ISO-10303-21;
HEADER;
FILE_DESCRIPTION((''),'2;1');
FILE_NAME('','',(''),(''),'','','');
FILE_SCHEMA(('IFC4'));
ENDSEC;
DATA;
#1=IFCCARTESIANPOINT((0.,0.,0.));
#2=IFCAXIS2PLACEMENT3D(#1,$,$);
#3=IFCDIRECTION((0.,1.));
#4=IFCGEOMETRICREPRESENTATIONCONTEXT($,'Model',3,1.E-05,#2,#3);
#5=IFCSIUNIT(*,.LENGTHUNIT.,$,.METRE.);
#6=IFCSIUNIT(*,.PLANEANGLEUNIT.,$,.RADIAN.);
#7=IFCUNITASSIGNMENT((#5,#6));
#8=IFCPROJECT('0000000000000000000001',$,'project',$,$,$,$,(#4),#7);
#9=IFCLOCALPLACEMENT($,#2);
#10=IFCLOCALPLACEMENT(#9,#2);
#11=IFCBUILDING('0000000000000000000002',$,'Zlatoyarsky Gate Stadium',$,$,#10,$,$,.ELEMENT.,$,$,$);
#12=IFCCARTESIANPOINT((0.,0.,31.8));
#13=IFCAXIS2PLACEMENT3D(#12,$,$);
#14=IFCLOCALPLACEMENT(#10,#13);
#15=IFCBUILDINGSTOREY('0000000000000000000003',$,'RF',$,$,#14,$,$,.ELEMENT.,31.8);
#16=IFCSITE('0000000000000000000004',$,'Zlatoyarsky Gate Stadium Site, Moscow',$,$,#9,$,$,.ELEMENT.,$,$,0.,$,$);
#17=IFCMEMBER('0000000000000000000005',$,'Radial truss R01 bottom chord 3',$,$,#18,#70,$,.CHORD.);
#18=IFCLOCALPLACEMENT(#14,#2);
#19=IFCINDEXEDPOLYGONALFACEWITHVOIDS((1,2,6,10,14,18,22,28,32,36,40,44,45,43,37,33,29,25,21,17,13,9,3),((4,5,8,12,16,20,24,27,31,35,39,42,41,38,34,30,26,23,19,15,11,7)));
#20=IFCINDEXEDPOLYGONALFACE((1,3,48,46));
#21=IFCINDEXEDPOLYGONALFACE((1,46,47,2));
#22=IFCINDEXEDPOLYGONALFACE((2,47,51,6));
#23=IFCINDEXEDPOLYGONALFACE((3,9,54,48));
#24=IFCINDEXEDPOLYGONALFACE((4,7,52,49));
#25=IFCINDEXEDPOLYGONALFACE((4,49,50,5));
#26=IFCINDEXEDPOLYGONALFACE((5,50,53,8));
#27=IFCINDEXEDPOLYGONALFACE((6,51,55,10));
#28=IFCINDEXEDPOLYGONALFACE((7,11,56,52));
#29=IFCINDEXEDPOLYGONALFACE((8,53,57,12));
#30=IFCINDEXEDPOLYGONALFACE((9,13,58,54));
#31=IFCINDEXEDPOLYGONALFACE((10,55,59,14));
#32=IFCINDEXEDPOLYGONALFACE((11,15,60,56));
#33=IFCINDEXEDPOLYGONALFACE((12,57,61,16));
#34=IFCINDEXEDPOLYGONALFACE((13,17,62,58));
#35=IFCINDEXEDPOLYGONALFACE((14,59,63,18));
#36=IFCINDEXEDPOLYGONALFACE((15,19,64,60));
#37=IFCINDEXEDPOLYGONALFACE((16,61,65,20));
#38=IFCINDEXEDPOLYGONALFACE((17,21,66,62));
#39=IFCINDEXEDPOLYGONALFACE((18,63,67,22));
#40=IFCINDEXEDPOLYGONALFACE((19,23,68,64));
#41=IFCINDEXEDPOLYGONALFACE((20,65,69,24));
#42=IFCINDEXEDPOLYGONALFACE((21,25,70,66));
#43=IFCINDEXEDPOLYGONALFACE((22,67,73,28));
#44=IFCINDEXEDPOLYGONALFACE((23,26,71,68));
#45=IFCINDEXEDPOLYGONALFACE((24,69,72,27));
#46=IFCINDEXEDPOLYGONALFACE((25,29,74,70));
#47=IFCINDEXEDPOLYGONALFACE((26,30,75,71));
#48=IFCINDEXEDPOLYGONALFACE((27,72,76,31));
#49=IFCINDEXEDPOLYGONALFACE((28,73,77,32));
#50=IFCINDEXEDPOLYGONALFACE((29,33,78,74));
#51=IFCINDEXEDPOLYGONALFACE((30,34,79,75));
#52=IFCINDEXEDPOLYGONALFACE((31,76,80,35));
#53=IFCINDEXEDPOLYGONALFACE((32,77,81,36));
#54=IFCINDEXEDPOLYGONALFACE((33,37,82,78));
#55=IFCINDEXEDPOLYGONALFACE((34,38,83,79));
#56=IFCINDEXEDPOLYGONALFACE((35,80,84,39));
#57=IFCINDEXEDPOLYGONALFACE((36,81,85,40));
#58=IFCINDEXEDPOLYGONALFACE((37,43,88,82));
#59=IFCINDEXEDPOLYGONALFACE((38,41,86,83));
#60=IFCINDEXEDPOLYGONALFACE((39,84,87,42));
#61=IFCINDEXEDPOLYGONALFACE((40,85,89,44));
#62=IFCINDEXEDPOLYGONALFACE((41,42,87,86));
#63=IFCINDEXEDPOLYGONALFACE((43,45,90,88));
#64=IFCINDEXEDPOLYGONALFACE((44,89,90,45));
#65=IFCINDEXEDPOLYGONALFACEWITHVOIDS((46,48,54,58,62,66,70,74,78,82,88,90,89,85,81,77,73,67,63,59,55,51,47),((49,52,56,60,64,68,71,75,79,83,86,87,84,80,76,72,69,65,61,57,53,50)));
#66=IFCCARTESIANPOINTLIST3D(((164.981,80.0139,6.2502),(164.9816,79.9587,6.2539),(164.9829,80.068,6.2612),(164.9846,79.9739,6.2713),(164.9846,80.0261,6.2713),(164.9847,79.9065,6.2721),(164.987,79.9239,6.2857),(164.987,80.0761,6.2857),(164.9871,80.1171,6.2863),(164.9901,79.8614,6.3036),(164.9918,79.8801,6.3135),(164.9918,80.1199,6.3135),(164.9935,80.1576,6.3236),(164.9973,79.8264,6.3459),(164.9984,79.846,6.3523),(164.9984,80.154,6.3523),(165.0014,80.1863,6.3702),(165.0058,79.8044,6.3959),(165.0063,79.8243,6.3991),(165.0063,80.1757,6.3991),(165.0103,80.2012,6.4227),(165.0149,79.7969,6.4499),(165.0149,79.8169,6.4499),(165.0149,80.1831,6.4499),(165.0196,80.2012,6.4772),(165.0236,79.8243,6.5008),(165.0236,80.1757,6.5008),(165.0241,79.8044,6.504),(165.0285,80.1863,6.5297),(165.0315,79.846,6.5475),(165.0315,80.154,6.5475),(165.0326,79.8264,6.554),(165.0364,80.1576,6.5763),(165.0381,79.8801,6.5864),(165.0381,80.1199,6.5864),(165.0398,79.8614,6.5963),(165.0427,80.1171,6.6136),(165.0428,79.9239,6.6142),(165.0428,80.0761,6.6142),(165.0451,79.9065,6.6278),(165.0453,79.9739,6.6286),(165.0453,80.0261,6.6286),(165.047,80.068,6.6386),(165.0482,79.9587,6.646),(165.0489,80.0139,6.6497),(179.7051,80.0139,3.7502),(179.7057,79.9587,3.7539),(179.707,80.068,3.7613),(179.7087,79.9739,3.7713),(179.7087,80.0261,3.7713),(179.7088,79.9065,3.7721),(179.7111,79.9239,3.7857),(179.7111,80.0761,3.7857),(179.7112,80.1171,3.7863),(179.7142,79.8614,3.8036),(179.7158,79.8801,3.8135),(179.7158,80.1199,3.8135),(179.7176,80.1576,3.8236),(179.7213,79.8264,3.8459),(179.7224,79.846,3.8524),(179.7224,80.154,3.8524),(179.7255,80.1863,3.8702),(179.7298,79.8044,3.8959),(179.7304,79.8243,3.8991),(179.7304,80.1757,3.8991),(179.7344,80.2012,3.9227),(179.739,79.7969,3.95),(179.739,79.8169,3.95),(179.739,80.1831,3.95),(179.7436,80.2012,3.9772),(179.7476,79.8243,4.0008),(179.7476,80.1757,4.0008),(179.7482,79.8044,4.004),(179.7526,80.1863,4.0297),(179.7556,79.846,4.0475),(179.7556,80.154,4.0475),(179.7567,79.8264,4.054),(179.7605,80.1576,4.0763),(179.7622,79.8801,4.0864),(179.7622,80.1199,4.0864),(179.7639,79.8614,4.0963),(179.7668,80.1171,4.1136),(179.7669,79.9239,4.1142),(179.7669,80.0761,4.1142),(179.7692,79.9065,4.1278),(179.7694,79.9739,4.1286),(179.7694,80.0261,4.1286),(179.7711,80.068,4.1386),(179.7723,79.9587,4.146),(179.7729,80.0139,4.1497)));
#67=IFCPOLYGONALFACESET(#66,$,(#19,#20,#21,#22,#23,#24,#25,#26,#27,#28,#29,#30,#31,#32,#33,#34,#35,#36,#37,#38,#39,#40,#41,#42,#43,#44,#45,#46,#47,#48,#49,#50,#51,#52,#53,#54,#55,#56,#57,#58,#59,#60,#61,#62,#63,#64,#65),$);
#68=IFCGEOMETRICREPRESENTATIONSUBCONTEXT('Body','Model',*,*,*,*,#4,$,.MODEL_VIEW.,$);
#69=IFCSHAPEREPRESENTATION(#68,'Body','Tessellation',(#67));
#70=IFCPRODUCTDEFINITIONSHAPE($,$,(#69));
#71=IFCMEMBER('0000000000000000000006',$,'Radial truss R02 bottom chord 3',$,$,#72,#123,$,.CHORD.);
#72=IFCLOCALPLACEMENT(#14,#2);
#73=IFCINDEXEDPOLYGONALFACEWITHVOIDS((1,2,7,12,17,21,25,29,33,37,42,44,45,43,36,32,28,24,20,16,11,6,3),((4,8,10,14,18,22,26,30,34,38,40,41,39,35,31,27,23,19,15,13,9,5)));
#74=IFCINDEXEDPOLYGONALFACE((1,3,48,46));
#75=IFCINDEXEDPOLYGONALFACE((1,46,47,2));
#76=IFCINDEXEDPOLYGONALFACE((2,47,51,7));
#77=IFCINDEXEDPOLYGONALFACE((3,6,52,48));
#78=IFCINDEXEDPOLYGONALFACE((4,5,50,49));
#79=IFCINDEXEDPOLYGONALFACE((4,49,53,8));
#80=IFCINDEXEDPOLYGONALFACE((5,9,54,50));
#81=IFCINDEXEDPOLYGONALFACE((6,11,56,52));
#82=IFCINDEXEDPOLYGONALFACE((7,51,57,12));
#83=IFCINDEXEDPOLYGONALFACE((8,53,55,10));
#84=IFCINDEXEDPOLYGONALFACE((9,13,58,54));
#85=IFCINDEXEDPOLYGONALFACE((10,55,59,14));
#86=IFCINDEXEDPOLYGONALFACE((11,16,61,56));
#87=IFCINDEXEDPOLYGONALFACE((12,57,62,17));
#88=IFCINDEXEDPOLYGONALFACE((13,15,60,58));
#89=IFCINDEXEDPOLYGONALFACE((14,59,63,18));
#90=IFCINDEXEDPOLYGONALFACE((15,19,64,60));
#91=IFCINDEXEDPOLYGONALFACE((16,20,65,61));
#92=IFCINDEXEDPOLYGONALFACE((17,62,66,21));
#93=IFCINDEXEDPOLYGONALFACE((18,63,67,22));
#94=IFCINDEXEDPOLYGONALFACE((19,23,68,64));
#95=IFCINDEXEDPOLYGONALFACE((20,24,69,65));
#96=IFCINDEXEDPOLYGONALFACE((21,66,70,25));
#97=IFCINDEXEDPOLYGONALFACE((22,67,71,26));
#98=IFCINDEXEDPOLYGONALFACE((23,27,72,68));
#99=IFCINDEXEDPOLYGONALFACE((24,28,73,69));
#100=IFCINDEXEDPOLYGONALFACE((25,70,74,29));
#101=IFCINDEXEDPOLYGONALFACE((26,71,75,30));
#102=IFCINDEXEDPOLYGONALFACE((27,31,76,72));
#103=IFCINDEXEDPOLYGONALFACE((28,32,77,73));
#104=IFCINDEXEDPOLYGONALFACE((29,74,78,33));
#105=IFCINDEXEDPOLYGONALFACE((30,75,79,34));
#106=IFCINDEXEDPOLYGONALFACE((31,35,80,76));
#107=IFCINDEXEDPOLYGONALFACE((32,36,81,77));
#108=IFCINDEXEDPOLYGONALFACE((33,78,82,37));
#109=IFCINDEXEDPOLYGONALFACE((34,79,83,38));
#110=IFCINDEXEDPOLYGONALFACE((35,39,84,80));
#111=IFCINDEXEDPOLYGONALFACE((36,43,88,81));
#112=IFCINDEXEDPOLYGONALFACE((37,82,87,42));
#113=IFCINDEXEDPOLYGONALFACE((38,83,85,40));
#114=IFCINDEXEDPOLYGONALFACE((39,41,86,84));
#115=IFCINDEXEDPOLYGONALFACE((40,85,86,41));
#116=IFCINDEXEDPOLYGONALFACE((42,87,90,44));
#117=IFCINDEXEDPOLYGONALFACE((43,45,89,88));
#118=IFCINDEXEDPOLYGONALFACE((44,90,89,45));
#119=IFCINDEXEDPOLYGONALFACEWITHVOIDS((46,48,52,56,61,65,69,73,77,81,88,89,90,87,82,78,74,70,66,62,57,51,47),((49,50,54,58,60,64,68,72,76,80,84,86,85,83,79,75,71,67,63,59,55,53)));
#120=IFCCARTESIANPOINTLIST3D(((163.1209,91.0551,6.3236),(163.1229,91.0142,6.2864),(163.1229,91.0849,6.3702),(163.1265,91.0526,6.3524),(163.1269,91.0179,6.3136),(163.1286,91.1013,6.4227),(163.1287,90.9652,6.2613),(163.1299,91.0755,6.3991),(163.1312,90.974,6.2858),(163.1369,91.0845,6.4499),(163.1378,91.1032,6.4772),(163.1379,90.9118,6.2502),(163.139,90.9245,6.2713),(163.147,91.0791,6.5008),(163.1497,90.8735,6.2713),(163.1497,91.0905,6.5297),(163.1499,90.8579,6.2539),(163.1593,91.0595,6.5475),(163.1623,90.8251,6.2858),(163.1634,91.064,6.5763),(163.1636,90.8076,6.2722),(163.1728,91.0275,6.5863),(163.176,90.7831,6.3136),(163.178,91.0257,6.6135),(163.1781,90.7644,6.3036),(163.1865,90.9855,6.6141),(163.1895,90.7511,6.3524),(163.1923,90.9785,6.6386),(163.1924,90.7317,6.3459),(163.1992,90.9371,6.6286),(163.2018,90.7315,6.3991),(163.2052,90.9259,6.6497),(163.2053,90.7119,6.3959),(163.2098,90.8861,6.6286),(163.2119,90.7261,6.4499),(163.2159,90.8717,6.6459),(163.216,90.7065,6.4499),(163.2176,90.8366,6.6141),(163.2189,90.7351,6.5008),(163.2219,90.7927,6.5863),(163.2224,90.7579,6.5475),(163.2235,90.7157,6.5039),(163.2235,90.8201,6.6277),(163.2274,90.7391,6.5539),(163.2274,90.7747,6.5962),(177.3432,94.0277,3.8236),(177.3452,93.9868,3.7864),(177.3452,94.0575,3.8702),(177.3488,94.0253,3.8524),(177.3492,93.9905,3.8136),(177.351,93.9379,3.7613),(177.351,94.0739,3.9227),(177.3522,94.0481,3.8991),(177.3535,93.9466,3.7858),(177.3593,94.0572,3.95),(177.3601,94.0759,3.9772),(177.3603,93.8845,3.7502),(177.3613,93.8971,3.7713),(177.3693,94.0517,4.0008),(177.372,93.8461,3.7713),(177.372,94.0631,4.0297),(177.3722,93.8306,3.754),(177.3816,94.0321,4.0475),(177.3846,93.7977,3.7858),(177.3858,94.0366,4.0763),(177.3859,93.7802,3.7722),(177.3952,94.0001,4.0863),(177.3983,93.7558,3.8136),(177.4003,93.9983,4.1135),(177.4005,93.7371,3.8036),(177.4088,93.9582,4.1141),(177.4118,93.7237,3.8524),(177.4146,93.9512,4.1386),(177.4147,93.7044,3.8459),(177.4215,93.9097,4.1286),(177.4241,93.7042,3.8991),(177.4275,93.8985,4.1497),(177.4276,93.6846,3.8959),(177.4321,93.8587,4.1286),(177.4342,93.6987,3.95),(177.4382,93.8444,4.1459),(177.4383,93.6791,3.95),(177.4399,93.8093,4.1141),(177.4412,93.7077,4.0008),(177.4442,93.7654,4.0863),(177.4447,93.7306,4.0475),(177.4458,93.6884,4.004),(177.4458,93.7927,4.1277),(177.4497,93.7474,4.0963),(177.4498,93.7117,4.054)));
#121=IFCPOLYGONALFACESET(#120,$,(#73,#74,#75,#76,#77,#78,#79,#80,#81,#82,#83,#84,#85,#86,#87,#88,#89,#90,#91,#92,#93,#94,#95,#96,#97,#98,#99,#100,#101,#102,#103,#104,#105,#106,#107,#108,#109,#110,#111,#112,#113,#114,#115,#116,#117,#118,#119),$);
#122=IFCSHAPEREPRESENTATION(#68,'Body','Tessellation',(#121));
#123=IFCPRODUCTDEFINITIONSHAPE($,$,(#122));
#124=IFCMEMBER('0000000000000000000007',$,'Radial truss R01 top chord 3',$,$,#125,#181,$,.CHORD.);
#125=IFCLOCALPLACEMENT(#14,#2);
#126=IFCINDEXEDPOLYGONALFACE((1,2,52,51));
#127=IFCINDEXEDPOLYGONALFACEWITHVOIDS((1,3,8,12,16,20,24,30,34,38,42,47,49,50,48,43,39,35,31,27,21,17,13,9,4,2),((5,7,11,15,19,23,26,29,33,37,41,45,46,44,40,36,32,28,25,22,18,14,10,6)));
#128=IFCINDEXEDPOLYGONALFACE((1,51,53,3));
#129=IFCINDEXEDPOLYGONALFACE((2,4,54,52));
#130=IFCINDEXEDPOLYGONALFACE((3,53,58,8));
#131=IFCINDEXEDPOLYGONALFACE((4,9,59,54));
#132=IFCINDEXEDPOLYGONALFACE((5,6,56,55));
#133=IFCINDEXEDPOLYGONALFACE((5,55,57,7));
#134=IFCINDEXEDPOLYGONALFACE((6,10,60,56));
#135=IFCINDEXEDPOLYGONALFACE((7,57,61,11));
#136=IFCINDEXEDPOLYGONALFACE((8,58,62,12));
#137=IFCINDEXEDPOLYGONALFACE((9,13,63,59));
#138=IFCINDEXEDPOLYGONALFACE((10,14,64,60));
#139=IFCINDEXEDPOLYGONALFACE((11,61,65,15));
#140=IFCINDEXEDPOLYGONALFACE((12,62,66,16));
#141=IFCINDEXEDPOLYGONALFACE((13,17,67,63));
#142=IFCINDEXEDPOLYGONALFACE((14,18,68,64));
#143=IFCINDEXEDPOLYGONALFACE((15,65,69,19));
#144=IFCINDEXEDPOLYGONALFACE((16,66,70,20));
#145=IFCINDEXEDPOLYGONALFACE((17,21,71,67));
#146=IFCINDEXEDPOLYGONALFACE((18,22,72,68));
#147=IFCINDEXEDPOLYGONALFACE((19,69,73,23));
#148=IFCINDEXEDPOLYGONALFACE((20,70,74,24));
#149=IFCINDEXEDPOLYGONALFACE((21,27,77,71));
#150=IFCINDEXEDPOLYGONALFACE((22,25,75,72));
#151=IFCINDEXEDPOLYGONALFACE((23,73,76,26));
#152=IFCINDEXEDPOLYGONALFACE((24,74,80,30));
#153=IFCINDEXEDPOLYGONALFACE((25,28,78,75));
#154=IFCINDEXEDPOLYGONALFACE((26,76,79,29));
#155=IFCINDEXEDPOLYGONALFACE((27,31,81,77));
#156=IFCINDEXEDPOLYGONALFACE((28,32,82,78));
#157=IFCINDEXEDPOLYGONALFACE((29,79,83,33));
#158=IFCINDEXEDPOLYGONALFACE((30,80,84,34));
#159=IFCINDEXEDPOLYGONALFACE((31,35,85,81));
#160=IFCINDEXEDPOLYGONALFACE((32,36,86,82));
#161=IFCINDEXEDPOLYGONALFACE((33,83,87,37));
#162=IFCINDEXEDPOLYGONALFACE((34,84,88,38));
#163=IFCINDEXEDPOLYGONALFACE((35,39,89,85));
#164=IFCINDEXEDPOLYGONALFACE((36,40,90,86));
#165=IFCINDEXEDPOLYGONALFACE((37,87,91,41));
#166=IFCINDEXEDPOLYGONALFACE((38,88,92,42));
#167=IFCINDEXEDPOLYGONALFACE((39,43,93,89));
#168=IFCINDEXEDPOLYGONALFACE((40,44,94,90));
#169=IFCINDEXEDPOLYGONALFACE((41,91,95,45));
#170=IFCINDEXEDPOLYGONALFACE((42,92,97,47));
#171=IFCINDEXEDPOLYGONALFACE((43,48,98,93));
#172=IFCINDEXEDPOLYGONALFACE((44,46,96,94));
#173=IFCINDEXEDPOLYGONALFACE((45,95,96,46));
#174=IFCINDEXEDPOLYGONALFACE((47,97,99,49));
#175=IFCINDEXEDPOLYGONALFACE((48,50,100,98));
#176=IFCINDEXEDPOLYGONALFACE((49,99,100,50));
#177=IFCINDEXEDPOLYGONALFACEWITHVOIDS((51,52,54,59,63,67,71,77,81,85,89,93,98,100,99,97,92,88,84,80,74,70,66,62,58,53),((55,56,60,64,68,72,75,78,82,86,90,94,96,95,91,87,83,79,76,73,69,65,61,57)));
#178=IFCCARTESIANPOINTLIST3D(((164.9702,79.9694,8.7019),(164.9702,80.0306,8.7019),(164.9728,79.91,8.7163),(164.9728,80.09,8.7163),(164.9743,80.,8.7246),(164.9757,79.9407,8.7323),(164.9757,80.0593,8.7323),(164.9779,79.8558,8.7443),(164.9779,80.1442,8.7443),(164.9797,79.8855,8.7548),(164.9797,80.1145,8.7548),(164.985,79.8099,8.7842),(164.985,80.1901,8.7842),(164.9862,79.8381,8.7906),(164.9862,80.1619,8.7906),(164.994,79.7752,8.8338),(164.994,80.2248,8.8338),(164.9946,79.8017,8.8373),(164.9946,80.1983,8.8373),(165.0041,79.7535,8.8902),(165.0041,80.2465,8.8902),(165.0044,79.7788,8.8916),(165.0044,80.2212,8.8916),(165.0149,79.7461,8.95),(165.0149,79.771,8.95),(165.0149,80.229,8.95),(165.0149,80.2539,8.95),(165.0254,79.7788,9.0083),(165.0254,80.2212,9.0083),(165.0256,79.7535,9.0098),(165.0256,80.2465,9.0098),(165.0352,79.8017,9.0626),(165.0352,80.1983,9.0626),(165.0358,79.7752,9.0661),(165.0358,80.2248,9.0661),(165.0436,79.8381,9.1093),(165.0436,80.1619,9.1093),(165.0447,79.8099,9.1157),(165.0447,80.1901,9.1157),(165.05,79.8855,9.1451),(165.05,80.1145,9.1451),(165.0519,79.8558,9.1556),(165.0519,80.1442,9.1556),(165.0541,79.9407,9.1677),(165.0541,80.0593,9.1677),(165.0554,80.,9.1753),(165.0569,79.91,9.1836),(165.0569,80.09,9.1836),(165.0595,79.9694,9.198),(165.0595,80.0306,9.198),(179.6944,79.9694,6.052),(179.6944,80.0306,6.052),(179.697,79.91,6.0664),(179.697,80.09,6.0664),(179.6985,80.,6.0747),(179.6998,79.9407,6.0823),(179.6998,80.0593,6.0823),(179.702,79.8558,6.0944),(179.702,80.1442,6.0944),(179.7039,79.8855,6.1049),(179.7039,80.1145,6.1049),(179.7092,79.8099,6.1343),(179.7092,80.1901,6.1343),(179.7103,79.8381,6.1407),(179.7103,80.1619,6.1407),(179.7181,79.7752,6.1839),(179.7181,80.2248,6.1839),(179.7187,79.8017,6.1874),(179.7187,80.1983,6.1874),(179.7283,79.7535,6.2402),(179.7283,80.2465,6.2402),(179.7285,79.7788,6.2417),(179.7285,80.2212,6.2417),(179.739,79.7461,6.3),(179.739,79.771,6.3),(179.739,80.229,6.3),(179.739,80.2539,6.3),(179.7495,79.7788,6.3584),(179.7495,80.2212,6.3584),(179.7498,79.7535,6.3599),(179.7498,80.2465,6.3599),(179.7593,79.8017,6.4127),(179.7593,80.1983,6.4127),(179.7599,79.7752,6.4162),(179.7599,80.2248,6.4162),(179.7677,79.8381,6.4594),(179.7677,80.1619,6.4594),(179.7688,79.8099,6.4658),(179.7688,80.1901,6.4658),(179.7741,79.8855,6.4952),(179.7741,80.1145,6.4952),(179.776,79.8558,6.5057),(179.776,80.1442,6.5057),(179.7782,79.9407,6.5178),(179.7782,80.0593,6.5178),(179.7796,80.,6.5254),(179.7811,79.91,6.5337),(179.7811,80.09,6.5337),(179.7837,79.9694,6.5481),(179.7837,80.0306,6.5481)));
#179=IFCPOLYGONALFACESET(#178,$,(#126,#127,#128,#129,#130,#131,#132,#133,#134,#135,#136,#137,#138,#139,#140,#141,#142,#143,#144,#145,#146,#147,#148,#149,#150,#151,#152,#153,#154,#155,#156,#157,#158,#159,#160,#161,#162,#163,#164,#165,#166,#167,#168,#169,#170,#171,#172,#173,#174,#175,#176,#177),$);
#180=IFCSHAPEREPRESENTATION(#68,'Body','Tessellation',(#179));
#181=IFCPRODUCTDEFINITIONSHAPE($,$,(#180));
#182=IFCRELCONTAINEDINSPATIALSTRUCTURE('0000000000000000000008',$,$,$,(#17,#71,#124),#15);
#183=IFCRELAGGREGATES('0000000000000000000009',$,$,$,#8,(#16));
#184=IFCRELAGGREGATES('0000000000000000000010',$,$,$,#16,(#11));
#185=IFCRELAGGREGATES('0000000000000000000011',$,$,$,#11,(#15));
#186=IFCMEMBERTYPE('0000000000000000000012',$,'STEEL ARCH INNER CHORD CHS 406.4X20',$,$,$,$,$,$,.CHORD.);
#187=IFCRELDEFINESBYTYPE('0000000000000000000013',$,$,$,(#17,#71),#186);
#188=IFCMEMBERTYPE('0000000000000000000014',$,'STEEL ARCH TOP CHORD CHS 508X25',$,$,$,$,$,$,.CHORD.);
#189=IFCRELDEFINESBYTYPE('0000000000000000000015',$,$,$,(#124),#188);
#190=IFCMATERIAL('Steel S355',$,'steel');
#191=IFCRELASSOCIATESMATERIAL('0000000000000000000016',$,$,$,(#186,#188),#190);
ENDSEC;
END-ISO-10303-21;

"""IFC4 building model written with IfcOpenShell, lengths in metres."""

from ifc_helpers import new_model, si_unit, direction, frame, origin, origin_2d, place, context, subcontext, project, spatial, hollow_circle, extrude, material, material_profile, profile_set, type_object, element, save


model = new_model("IFC4")

# Units and contexts
model_context = context("Model", 3, precision=1e-05, world=origin(), true_north=direction((0.0, 1.0)))
body_context = subcontext(model_context, "Body", "Model", "MODEL_VIEW")
ifc_project = project(units=[si_unit("LENGTHUNIT", "METRE"), si_unit("PLANEANGLEUNIT", "RADIAN")], contexts=[model_context])

# Site, building, storey
site_placement = place(None, origin())
site = spatial("IfcSite", under=ifc_project, at=site_placement, Name="Zlatoyarsky Gate Stadium Site, Moscow", CompositionType="ELEMENT", RefElevation=0.0)
building_placement = place(site_placement, origin())
building = spatial("IfcBuilding", under=site, at=building_placement, Name="Zlatoyarsky Gate Stadium", CompositionType="ELEMENT")
storey_placement = place(building_placement, frame((0.0, 0.0, 31.8)))
storey = spatial("IfcBuildingStorey", under=building, at=storey_placement, Name="RF", CompositionType="ELEMENT", Elevation=31.8)

# Members
ifc_material_1 = material(Name="Steel S355", Category="steel")
ifc_material_profile_1 = material_profile(ifc_material_1, hollow_circle(Radius=0.2031, WallThickness=0.02, at=origin_2d()), Name="CHS 406.4X20")
ifc_profile_set_1 = profile_set([ifc_material_profile_1], Name="Steel S355")
member_type_1 = type_object("IfcMemberType", Name="STEEL ARCH INNER CHORD CHS 406.4X20", PredefinedType="CHORD", material=ifc_profile_set_1)
member_1_placement = place(storey_placement, frame((179.739, 80.0, 3.95), z_axis=(-0.98589, 0.0, 0.167394), x_axis=(0.0, -1.0, 0.0)))
element("IfcMember", 1, at=member_1_placement, inside=storey, type_object=member_type_1, Name="Radial truss R01 bottom chord 3", PredefinedType="CHORD", context=body_context, shape_type="SweptSolid", body=[
    extrude(hollow_circle(Radius=0.2031, WallThickness=0.02, at=origin_2d()), origin(), (0.0, 0.0, 1.0), 14.9348),
])
member_2_placement = place(storey_placement, frame((177.3967, 93.8779, 3.95), z_axis=(-0.964672, -0.201628, 0.169569), x_axis=(0.204591, -0.978848, 0.0)))
element("IfcMember", 2, at=member_2_placement, inside=storey, type_object=member_type_1, Name="Radial truss R02 bottom chord 3", PredefinedType="CHORD", context=body_context, shape_type="SweptSolid", body=[
    extrude(hollow_circle(Radius=0.2031, WallThickness=0.02, at=origin_2d()), origin(), (0.0, 0.0, 1.0), 14.7432),
])
ifc_material_profile_2 = material_profile(ifc_material_1, hollow_circle(Radius=0.2539, WallThickness=0.0249, at=origin_2d()), Name="CHS 508X25")
ifc_profile_set_2 = profile_set([ifc_material_profile_2], Name="Steel S355")
member_type_2 = type_object("IfcMemberType", Name="STEEL ARCH TOP CHORD CHS 508X25", PredefinedType="CHORD", material=ifc_profile_set_2)
member_3_placement = place(storey_placement, frame((179.739, 80.0, 6.3), z_axis=(-0.984188, 0.0, 0.177125), x_axis=(0.0, -1.0, 0.0)))
element("IfcMember", 3, at=member_3_placement, inside=storey, type_object=member_type_2, Name="Radial truss R01 top chord 3", PredefinedType="CHORD", context=body_context, shape_type="SweptSolid", body=[
    extrude(hollow_circle(Radius=0.2539, WallThickness=0.0249, at=origin_2d()), origin(), (0.0, 0.0, 1.0), 14.9607),
])

save(model, "model.ifc")
